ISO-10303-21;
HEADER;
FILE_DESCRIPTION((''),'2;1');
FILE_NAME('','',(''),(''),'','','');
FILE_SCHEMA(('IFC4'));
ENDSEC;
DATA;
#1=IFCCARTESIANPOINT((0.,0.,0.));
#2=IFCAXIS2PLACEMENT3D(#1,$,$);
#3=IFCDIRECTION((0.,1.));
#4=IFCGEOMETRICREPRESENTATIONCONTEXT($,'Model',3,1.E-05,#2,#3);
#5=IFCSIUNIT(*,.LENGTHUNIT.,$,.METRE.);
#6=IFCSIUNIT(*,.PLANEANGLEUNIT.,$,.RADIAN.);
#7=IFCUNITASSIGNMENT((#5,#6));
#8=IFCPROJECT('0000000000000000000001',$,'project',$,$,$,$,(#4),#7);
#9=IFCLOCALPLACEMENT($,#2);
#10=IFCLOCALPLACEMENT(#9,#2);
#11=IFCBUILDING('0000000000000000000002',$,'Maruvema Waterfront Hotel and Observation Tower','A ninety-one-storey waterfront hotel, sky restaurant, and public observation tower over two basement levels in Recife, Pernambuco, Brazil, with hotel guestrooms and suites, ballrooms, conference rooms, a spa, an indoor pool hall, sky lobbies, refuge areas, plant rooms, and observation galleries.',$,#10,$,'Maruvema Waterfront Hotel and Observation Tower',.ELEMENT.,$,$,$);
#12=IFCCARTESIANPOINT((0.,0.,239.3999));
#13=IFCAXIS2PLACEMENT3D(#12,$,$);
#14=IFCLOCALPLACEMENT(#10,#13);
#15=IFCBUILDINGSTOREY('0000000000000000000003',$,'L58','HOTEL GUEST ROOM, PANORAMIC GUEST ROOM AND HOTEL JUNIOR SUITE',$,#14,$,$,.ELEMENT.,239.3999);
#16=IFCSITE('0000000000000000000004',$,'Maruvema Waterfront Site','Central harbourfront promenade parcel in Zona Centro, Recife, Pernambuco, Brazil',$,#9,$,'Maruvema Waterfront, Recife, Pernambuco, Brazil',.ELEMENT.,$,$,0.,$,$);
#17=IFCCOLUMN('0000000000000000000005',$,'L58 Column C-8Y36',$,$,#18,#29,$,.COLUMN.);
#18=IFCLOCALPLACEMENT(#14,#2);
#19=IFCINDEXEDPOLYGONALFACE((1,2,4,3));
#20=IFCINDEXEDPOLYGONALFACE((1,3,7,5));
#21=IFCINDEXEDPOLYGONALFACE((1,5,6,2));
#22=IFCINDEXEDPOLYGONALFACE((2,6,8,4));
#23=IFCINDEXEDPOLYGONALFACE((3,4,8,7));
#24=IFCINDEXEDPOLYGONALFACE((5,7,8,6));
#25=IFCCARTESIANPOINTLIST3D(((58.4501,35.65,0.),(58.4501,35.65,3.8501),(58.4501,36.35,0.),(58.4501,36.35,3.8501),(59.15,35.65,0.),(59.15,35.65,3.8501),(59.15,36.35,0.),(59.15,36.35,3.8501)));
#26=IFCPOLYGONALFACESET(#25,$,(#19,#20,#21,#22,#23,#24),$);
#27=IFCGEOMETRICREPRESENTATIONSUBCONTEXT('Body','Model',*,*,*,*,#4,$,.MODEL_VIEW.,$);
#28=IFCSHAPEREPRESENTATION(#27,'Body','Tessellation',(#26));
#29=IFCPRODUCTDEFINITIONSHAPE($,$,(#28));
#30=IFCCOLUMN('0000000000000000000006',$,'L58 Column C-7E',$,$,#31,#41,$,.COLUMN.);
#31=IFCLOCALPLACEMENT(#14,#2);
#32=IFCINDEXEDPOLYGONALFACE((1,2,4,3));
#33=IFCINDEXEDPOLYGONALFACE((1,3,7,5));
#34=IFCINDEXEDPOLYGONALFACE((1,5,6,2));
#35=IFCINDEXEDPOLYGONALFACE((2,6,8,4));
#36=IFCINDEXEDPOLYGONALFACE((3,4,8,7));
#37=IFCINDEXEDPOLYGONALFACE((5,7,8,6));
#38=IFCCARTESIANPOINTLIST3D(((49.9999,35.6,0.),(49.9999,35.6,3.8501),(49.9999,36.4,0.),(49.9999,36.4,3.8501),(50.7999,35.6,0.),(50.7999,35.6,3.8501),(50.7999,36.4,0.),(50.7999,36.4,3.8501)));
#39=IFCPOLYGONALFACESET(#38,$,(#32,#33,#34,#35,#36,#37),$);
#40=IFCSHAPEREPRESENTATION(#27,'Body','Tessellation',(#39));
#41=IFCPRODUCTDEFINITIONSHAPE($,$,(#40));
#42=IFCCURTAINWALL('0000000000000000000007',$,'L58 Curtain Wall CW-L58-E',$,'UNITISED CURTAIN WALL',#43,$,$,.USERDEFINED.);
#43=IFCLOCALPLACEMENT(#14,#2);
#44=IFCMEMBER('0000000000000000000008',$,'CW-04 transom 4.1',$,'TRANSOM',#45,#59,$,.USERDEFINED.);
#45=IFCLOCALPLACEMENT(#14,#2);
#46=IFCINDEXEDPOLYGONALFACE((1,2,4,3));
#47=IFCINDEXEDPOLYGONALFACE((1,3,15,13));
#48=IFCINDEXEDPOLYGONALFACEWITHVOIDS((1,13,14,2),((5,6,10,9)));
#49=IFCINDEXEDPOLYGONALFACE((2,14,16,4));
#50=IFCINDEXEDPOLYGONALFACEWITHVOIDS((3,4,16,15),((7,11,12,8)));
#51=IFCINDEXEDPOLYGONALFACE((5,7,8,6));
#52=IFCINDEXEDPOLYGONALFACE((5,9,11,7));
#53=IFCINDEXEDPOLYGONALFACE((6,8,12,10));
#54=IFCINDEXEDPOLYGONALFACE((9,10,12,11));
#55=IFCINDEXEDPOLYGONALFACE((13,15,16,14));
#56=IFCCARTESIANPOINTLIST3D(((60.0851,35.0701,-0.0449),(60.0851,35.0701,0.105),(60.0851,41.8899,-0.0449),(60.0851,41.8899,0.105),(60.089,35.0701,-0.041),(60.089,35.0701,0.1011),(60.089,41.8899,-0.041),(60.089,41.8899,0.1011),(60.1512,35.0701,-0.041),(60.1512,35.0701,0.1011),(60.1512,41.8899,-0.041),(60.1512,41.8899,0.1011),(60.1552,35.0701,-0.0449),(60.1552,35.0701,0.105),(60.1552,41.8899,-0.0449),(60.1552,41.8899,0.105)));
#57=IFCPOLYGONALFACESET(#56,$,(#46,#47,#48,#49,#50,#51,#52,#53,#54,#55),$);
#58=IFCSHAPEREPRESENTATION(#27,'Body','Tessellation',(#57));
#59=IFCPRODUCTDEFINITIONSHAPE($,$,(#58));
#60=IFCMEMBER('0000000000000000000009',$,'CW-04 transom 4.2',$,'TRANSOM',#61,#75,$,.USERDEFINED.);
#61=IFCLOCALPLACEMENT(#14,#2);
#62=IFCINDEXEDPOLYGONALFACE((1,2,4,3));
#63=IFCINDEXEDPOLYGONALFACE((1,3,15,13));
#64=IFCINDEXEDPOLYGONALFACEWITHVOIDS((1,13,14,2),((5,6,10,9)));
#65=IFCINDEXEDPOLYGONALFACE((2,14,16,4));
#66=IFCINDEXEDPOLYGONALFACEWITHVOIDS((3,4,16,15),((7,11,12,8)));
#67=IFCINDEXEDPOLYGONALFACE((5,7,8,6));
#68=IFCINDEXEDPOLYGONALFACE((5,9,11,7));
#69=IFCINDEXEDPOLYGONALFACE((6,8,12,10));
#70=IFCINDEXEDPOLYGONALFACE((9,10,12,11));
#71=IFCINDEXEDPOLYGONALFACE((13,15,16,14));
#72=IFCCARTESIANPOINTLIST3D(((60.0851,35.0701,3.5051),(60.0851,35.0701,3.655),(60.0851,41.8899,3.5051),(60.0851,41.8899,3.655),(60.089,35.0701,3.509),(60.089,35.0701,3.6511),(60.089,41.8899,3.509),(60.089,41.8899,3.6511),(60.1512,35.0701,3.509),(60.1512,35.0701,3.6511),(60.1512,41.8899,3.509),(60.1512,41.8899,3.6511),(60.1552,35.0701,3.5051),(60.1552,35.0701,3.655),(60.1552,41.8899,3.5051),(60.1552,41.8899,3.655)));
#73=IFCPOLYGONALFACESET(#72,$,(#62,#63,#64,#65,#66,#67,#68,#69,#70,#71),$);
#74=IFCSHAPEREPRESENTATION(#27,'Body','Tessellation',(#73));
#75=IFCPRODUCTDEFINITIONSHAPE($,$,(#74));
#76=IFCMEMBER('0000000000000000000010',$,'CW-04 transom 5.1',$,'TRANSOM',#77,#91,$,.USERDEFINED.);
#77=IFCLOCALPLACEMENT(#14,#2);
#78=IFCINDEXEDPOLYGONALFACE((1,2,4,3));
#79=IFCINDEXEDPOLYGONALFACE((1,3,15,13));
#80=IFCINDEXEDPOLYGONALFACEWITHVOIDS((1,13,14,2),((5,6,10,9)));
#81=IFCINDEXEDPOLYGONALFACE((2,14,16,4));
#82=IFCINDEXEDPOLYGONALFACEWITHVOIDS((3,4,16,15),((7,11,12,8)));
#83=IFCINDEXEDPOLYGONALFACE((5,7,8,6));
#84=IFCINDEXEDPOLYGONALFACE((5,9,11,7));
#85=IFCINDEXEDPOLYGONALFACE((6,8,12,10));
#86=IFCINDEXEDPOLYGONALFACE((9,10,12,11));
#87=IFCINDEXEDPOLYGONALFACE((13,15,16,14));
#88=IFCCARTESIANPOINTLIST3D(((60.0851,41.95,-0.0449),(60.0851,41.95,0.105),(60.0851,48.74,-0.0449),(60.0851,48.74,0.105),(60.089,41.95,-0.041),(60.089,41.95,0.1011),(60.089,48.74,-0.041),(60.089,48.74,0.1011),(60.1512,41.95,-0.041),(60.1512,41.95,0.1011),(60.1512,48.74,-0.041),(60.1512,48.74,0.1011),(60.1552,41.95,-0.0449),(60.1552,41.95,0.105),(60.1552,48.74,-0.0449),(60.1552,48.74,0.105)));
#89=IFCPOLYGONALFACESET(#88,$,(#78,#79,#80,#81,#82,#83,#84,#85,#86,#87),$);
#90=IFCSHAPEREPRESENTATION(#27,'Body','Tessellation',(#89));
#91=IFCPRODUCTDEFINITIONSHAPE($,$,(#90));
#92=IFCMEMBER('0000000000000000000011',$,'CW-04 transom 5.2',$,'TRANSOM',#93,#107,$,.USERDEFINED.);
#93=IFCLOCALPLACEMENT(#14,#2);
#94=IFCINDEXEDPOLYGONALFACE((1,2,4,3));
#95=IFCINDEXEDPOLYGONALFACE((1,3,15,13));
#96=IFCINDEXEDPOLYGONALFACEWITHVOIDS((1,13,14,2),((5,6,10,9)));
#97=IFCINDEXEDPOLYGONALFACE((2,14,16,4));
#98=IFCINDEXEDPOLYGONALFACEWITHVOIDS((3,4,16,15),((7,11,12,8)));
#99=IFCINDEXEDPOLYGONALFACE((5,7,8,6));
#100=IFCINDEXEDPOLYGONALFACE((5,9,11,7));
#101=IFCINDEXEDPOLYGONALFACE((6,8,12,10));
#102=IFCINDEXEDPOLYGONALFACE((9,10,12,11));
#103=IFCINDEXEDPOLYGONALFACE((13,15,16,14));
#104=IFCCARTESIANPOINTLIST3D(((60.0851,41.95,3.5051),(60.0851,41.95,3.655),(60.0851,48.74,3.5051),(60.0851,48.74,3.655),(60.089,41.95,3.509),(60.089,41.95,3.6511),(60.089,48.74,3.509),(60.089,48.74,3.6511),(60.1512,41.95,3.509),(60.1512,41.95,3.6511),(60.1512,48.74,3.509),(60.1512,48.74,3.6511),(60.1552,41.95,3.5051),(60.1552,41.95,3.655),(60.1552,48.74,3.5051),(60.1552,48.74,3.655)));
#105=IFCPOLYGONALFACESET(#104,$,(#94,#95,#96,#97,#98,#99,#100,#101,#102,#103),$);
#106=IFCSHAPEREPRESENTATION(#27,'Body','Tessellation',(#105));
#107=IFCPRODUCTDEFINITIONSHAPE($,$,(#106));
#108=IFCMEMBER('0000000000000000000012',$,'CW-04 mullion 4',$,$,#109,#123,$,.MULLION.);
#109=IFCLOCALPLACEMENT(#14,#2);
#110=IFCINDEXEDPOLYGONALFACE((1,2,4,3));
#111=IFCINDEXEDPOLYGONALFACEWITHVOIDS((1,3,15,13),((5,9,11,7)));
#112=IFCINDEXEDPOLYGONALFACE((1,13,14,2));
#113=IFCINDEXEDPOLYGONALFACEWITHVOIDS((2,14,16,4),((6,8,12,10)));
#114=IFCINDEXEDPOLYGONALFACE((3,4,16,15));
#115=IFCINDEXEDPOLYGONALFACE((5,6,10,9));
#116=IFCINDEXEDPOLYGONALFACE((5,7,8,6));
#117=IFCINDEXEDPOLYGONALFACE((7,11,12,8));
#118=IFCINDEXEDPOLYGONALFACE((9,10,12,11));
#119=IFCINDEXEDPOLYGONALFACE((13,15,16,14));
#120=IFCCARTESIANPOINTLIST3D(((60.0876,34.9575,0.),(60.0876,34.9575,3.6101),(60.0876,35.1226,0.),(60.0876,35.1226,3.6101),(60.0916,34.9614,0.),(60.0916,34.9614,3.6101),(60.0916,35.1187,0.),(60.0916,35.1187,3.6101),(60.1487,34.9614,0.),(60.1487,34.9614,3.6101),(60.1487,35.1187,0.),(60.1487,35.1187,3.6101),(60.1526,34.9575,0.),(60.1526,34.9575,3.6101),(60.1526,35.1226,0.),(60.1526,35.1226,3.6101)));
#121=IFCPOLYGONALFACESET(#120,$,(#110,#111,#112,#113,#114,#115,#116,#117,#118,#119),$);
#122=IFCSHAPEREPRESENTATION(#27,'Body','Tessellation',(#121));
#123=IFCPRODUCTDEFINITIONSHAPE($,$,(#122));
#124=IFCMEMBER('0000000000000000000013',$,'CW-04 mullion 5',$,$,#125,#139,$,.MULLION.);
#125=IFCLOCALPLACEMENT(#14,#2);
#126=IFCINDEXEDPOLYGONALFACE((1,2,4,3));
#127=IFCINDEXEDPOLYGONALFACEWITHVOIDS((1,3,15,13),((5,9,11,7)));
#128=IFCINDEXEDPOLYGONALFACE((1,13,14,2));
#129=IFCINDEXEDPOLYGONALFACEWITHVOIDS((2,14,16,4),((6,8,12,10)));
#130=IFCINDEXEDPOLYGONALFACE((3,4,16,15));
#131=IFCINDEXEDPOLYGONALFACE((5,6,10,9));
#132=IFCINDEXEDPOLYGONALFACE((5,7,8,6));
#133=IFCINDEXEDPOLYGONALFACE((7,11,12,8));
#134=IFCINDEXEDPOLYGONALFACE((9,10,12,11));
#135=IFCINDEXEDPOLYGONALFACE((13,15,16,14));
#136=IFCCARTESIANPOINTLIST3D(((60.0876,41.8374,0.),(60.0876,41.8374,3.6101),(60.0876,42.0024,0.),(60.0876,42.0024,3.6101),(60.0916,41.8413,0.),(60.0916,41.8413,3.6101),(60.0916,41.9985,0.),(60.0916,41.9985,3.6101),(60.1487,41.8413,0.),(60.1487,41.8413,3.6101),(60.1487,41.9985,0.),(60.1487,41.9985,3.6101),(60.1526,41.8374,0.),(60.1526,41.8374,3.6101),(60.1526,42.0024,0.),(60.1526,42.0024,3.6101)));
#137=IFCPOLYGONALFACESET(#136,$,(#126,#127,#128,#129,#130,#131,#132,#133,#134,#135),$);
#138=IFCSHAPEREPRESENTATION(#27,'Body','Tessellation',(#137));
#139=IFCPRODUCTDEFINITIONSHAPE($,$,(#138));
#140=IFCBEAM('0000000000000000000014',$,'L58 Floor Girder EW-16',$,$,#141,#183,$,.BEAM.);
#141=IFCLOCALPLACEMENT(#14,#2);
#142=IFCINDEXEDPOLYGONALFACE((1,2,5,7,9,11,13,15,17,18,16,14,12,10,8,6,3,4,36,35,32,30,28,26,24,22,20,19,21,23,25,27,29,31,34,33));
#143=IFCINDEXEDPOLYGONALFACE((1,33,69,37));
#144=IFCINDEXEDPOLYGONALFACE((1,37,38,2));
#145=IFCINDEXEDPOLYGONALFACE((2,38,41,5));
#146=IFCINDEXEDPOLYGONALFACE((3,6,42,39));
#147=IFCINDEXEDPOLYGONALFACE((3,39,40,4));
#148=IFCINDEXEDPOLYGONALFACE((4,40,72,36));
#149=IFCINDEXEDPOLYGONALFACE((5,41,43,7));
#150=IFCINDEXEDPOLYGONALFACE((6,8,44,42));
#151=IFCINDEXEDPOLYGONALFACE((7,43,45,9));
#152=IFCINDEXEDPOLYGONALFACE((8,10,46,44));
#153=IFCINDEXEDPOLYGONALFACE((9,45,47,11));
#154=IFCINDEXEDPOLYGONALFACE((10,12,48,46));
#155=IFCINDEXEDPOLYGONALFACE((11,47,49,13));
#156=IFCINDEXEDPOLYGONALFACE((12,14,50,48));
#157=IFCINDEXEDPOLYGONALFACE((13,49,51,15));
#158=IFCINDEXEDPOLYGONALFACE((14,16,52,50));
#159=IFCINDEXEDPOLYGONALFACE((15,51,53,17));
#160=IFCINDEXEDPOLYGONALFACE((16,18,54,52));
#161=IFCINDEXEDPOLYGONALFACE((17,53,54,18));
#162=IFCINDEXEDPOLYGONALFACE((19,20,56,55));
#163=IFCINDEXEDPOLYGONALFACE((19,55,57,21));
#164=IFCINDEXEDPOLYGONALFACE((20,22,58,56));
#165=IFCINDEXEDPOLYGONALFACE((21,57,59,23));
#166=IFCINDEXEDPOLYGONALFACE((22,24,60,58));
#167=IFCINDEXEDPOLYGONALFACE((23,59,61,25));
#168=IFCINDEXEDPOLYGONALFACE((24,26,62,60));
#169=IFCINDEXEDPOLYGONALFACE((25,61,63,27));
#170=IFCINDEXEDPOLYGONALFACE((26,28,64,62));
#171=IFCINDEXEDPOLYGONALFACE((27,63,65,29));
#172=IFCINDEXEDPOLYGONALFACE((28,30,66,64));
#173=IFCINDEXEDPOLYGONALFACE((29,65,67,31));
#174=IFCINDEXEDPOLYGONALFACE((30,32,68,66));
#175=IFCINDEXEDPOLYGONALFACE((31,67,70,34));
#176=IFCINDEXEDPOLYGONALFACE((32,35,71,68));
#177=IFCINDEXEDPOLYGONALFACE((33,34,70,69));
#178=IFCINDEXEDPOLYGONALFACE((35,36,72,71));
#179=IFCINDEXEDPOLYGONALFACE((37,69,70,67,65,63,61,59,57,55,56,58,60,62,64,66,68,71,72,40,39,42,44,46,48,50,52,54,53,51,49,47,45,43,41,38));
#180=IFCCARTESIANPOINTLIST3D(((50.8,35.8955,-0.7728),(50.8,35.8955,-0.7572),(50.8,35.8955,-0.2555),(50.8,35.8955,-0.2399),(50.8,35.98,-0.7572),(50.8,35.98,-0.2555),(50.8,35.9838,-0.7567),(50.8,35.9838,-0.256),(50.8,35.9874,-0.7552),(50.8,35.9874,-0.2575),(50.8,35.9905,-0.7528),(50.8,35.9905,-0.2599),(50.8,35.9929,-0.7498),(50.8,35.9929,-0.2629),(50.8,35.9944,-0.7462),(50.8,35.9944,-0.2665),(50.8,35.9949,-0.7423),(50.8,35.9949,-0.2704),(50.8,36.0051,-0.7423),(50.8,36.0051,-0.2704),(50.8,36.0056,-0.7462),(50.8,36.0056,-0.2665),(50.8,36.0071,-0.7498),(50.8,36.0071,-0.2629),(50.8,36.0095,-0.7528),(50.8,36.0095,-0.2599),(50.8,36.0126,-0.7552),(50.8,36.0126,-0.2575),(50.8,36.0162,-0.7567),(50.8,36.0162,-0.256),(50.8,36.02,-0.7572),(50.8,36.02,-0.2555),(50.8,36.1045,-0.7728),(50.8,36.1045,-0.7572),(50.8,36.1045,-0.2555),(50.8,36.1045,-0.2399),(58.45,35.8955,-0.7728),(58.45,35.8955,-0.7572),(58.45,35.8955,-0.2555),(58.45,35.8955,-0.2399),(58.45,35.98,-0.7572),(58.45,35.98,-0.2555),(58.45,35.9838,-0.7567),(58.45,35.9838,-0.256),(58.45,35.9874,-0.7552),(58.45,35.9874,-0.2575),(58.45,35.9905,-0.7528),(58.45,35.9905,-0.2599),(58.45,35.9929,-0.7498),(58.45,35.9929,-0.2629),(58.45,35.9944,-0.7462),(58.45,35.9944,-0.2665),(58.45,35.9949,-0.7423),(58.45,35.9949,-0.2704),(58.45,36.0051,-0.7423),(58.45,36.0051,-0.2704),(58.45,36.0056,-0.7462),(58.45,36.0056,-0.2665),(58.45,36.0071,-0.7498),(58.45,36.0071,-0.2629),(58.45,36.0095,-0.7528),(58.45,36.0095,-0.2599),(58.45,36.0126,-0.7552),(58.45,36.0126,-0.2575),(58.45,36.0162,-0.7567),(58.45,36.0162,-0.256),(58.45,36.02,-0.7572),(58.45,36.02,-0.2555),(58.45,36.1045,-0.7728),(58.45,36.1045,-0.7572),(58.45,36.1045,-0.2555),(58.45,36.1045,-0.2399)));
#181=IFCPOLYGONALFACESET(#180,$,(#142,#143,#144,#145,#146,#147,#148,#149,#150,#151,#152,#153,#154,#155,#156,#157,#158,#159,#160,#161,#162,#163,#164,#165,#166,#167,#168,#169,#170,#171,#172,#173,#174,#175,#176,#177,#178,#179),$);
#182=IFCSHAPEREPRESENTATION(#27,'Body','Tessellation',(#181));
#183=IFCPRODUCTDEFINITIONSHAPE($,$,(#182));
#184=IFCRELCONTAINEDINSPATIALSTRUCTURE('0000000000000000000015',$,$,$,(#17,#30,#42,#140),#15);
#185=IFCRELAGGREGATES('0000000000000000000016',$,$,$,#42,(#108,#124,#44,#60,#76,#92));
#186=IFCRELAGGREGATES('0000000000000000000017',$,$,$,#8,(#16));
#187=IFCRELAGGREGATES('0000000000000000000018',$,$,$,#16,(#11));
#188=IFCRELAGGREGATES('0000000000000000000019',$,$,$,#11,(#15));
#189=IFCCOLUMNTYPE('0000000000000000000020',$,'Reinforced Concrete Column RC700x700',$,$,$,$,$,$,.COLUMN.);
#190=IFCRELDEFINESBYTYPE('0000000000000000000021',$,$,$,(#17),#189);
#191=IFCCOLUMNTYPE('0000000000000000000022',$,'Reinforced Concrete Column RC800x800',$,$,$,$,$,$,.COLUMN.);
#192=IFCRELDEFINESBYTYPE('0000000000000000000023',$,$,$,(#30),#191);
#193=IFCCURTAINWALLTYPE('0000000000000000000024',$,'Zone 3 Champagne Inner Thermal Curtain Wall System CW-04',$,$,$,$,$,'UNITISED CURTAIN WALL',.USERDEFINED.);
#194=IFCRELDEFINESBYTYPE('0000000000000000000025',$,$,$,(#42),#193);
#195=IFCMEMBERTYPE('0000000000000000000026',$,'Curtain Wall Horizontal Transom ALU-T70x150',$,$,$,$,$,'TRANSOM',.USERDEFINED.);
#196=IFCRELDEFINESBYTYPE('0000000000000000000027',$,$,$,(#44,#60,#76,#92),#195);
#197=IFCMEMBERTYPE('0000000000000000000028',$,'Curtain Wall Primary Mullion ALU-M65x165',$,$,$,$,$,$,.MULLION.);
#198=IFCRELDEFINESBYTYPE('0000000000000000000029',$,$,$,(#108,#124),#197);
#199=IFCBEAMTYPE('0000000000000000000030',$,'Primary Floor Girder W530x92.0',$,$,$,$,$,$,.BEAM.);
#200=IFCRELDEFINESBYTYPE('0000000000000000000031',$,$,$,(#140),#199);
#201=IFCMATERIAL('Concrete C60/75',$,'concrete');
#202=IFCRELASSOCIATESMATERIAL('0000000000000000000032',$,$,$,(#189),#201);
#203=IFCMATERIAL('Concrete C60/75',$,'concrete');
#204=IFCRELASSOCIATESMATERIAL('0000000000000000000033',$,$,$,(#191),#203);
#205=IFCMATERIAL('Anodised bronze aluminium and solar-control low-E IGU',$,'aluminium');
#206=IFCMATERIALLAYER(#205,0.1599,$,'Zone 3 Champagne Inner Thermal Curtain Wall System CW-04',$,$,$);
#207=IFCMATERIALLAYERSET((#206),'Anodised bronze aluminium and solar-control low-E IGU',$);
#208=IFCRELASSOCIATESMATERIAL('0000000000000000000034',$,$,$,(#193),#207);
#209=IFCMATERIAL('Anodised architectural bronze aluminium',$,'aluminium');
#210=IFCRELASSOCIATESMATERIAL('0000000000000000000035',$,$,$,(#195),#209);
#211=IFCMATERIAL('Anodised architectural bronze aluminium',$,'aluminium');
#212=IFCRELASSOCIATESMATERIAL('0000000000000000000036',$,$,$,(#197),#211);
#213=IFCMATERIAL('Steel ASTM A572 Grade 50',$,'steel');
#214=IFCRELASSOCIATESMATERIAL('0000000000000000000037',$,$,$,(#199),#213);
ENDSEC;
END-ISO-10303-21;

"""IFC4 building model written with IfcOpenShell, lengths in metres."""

from ifc_helpers import new_model, si_unit, direction, frame, origin, origin_2d, place, context, subcontext, project, spatial, rectangle, hollow_rectangle, i_section, extrude, material, layer, layer_set, material_profile, profile_set, type_object, element, aggregate, save


model = new_model("IFC4")

# Units and contexts
model_context = context("Model", 3, precision=1e-05, world=origin(), true_north=direction((0.0, 1.0)))
body_context = subcontext(model_context, "Body", "Model", "MODEL_VIEW")
ifc_project = project(units=[si_unit("LENGTHUNIT", "METRE"), si_unit("PLANEANGLEUNIT", "RADIAN")], contexts=[model_context])

# Site, building, storey
site_placement = place(None, origin())
site = spatial("IfcSite", under=ifc_project, at=site_placement, Name="Maruvema Waterfront Site", Description="Central harbourfront promenade parcel in Zona Centro, Recife, Pernambuco, Brazil", LongName="Maruvema Waterfront, Recife, Pernambuco, Brazil", CompositionType="ELEMENT", RefElevation=0.0)
building_placement = place(site_placement, origin())
building = spatial("IfcBuilding", under=site, at=building_placement, Name="Maruvema Waterfront Hotel and Observation Tower", Description="A ninety-one-storey waterfront hotel, sky restaurant, and public observation tower over two basement levels in Recife, Pernambuco, Brazil, with hotel guestrooms and suites, ballrooms, conference rooms, a spa, an indoor pool hall, sky lobbies, refuge areas, plant rooms, and observation galleries.", LongName="Maruvema Waterfront Hotel and Observation Tower", CompositionType="ELEMENT")
storey_placement = place(building_placement, frame((0.0, 0.0, 239.3999)))
storey = spatial("IfcBuildingStorey", under=building, at=storey_placement, Name="L58", Description="HOTEL GUEST ROOM, PANORAMIC GUEST ROOM AND HOTEL JUNIOR SUITE", CompositionType="ELEMENT", Elevation=239.3999)

# Columns
ifc_material_1 = material(Name="Concrete C60/75", Category="concrete")
ifc_material_profile_1 = material_profile(ifc_material_1, rectangle(XDim=0.7, YDim=0.7, at=origin_2d()), Name="RC700x700")
ifc_profile_set_1 = profile_set([ifc_material_profile_1], Name="Concrete C60/75")
column_type_1 = type_object("IfcColumnType", Name="Reinforced Concrete Column RC700x700", PredefinedType="COLUMN", material=ifc_profile_set_1)
column_1_placement = place(storey_placement, frame((58.8, 36.0, 0.0), z_axis=(0.0, 0.0, 1.0), x_axis=(1.0, 0.0, 0.0)))
element("IfcColumn", 1, at=column_1_placement, inside=storey, type_object=column_type_1, Name="L58 Column C-8Y36", PredefinedType="COLUMN", context=body_context, shape_type="SweptSolid", body=[
    extrude(rectangle(XDim=0.7, YDim=0.7, at=origin_2d()), origin(), (0.0, 0.0, 1.0), 3.8501),
])
ifc_material_2 = material(Name="Concrete C60/75", Category="concrete")
ifc_material_profile_2 = material_profile(ifc_material_2, rectangle(XDim=0.8, YDim=0.8, at=origin_2d()), Name="RC800x800")
ifc_profile_set_2 = profile_set([ifc_material_profile_2], Name="Concrete C60/75")
column_type_2 = type_object("IfcColumnType", Name="Reinforced Concrete Column RC800x800", PredefinedType="COLUMN", material=ifc_profile_set_2)
column_2_placement = place(storey_placement, frame((50.3999, 36.0, 0.0), z_axis=(0.0, 0.0, 1.0), x_axis=(1.0, 0.0, 0.0)))
element("IfcColumn", 2, at=column_2_placement, inside=storey, type_object=column_type_2, Name="L58 Column C-7E", PredefinedType="COLUMN", context=body_context, shape_type="SweptSolid", body=[
    extrude(rectangle(XDim=0.8, YDim=0.8, at=origin_2d()), origin(), (0.0, 0.0, 1.0), 3.8501),
])

# Curtain wall, members
ifc_material_3 = material(Name="Anodised bronze aluminium and solar-control low-E IGU", Category="aluminium")
ifc_layer_1 = layer(ifc_material_3, 0.1599, Name="Zone 3 Champagne Inner Thermal Curtain Wall System CW-04")
ifc_layer_set_1 = layer_set([ifc_layer_1], Name="Anodised bronze aluminium and solar-control low-E IGU")
curtain_wall_type = type_object("IfcCurtainWallType", Name="Zone 3 Champagne Inner Thermal Curtain Wall System CW-04", ElementType="UNITISED CURTAIN WALL", PredefinedType="USERDEFINED", material=ifc_layer_set_1)
curtain_wall_placement = place(storey_placement, origin())
curtain_wall = element("IfcCurtainWall", 3, at=curtain_wall_placement, inside=storey, type_object=curtain_wall_type, Name="L58 Curtain Wall CW-L58-E", ObjectType="UNITISED CURTAIN WALL", PredefinedType="USERDEFINED")
ifc_material_4 = material(Name="Anodised architectural bronze aluminium", Category="aluminium")
ifc_material_profile_3 = material_profile(ifc_material_4, hollow_rectangle(XDim=0.0701, YDim=0.1499, WallThickness=0.0039, at=origin_2d()), Name="ALU-T70x150")
ifc_profile_set_3 = profile_set([ifc_material_profile_3], Name="Anodised architectural bronze aluminium")
member_type_1 = type_object("IfcMemberType", Name="Curtain Wall Horizontal Transom ALU-T70x150", ElementType="TRANSOM", PredefinedType="USERDEFINED", material=ifc_profile_set_3)
member_1_placement = place(storey_placement, frame((60.1201, 35.0701, 0.03), z_axis=(0.0, 1.0, 0.0), x_axis=(-1.0, 0.0, 0.0)))
member_1 = element("IfcMember", 4, at=member_1_placement, type_object=member_type_1, Name="CW-04 transom 4.1", ObjectType="TRANSOM", PredefinedType="USERDEFINED", context=body_context, shape_type="SweptSolid", body=[
    extrude(hollow_rectangle(XDim=0.0701, YDim=0.1499, WallThickness=0.0039, at=origin_2d()), origin(), (0.0, 0.0, 1.0), 6.8198),
])
member_2_placement = place(storey_placement, frame((60.1201, 35.0701, 3.5801), z_axis=(0.0, 1.0, 0.0), x_axis=(-1.0, 0.0, 0.0)))
member_2 = element("IfcMember", 5, at=member_2_placement, type_object=member_type_1, Name="CW-04 transom 4.2", ObjectType="TRANSOM", PredefinedType="USERDEFINED", context=body_context, shape_type="SweptSolid", body=[
    extrude(hollow_rectangle(XDim=0.0701, YDim=0.1499, WallThickness=0.0039, at=origin_2d()), origin(), (0.0, 0.0, 1.0), 6.8198),
])
member_3_placement = place(storey_placement, frame((60.1201, 41.95, 0.03), z_axis=(0.0, 1.0, 0.0), x_axis=(-1.0, 0.0, 0.0)))
member_3 = element("IfcMember", 6, at=member_3_placement, type_object=member_type_1, Name="CW-04 transom 5.1", ObjectType="TRANSOM", PredefinedType="USERDEFINED", context=body_context, shape_type="SweptSolid", body=[
    extrude(hollow_rectangle(XDim=0.0701, YDim=0.1499, WallThickness=0.0039, at=origin_2d()), origin(), (0.0, 0.0, 1.0), 6.79),
])
member_4_placement = place(storey_placement, frame((60.1201, 41.95, 3.5801), z_axis=(0.0, 1.0, 0.0), x_axis=(-1.0, 0.0, 0.0)))
member_4 = element("IfcMember", 7, at=member_4_placement, type_object=member_type_1, Name="CW-04 transom 5.2", ObjectType="TRANSOM", PredefinedType="USERDEFINED", context=body_context, shape_type="SweptSolid", body=[
    extrude(hollow_rectangle(XDim=0.0701, YDim=0.1499, WallThickness=0.0039, at=origin_2d()), origin(), (0.0, 0.0, 1.0), 6.79),
])
ifc_material_5 = material(Name="Anodised architectural bronze aluminium", Category="aluminium")
ifc_material_profile_4 = material_profile(ifc_material_5, hollow_rectangle(XDim=0.0649, YDim=0.165, WallThickness=0.0039, at=origin_2d()), Name="ALU-M65x165")
ifc_profile_set_4 = profile_set([ifc_material_profile_4], Name="Anodised architectural bronze aluminium")
member_type_2 = type_object("IfcMemberType", Name="Curtain Wall Primary Mullion ALU-M65x165", PredefinedType="MULLION", material=ifc_profile_set_4)
member_5_placement = place(storey_placement, frame((60.1201, 35.04, 0.0), z_axis=(0.0, 0.0, 1.0), x_axis=(-1.0, 0.0, 0.0)))
member_5 = element("IfcMember", 8, at=member_5_placement, type_object=member_type_2, Name="CW-04 mullion 4", PredefinedType="MULLION", context=body_context, shape_type="SweptSolid", body=[
    extrude(hollow_rectangle(XDim=0.0649, YDim=0.165, WallThickness=0.0039, at=origin_2d()), origin(), (0.0, 0.0, 1.0), 3.6101),
])
member_6_placement = place(storey_placement, frame((60.1201, 41.9199, 0.0), z_axis=(0.0, 0.0, 1.0), x_axis=(-1.0, 0.0, 0.0)))
member_6 = element("IfcMember", 9, at=member_6_placement, type_object=member_type_2, Name="CW-04 mullion 5", PredefinedType="MULLION", context=body_context, shape_type="SweptSolid", body=[
    extrude(hollow_rectangle(XDim=0.0649, YDim=0.165, WallThickness=0.0039, at=origin_2d()), origin(), (0.0, 0.0, 1.0), 3.6101),
])

# Beam
ifc_material_6 = material(Name="Steel ASTM A572 Grade 50", Category="steel")
ifc_material_profile_5 = material_profile(ifc_material_6, i_section(OverallWidth=0.209, OverallDepth=0.533, WebThickness=0.0103, FlangeThickness=0.0156, FilletRadius=0.0149, at=origin_2d()), Name="W530x92.0")
ifc_profile_set_5 = profile_set([ifc_material_profile_5], Name="Steel ASTM A572 Grade 50")
beam_type_1 = type_object("IfcBeamType", Name="Primary Floor Girder W530x92.0", PredefinedType="BEAM", material=ifc_profile_set_5)
beam_1_placement = place(storey_placement, frame((50.8, 36.0, -0.5063), z_axis=(1.0, 0.0, 0.0), x_axis=(0.0, 1.0, 0.0)))
element("IfcBeam", 10, at=beam_1_placement, inside=storey, type_object=beam_type_1, Name="L58 Floor Girder EW-16", PredefinedType="BEAM", context=body_context, shape_type="SweptSolid", body=[
    extrude(i_section(OverallWidth=0.209, OverallDepth=0.533, WebThickness=0.0103, FlangeThickness=0.0156, FilletRadius=0.0149, at=origin_2d()), origin(), (0.0, 0.0, 1.0), 7.6499),
])

aggregate(curtain_wall, [member_5, member_6, member_1, member_2, member_3, member_4])

save(model, "model.ifc")
